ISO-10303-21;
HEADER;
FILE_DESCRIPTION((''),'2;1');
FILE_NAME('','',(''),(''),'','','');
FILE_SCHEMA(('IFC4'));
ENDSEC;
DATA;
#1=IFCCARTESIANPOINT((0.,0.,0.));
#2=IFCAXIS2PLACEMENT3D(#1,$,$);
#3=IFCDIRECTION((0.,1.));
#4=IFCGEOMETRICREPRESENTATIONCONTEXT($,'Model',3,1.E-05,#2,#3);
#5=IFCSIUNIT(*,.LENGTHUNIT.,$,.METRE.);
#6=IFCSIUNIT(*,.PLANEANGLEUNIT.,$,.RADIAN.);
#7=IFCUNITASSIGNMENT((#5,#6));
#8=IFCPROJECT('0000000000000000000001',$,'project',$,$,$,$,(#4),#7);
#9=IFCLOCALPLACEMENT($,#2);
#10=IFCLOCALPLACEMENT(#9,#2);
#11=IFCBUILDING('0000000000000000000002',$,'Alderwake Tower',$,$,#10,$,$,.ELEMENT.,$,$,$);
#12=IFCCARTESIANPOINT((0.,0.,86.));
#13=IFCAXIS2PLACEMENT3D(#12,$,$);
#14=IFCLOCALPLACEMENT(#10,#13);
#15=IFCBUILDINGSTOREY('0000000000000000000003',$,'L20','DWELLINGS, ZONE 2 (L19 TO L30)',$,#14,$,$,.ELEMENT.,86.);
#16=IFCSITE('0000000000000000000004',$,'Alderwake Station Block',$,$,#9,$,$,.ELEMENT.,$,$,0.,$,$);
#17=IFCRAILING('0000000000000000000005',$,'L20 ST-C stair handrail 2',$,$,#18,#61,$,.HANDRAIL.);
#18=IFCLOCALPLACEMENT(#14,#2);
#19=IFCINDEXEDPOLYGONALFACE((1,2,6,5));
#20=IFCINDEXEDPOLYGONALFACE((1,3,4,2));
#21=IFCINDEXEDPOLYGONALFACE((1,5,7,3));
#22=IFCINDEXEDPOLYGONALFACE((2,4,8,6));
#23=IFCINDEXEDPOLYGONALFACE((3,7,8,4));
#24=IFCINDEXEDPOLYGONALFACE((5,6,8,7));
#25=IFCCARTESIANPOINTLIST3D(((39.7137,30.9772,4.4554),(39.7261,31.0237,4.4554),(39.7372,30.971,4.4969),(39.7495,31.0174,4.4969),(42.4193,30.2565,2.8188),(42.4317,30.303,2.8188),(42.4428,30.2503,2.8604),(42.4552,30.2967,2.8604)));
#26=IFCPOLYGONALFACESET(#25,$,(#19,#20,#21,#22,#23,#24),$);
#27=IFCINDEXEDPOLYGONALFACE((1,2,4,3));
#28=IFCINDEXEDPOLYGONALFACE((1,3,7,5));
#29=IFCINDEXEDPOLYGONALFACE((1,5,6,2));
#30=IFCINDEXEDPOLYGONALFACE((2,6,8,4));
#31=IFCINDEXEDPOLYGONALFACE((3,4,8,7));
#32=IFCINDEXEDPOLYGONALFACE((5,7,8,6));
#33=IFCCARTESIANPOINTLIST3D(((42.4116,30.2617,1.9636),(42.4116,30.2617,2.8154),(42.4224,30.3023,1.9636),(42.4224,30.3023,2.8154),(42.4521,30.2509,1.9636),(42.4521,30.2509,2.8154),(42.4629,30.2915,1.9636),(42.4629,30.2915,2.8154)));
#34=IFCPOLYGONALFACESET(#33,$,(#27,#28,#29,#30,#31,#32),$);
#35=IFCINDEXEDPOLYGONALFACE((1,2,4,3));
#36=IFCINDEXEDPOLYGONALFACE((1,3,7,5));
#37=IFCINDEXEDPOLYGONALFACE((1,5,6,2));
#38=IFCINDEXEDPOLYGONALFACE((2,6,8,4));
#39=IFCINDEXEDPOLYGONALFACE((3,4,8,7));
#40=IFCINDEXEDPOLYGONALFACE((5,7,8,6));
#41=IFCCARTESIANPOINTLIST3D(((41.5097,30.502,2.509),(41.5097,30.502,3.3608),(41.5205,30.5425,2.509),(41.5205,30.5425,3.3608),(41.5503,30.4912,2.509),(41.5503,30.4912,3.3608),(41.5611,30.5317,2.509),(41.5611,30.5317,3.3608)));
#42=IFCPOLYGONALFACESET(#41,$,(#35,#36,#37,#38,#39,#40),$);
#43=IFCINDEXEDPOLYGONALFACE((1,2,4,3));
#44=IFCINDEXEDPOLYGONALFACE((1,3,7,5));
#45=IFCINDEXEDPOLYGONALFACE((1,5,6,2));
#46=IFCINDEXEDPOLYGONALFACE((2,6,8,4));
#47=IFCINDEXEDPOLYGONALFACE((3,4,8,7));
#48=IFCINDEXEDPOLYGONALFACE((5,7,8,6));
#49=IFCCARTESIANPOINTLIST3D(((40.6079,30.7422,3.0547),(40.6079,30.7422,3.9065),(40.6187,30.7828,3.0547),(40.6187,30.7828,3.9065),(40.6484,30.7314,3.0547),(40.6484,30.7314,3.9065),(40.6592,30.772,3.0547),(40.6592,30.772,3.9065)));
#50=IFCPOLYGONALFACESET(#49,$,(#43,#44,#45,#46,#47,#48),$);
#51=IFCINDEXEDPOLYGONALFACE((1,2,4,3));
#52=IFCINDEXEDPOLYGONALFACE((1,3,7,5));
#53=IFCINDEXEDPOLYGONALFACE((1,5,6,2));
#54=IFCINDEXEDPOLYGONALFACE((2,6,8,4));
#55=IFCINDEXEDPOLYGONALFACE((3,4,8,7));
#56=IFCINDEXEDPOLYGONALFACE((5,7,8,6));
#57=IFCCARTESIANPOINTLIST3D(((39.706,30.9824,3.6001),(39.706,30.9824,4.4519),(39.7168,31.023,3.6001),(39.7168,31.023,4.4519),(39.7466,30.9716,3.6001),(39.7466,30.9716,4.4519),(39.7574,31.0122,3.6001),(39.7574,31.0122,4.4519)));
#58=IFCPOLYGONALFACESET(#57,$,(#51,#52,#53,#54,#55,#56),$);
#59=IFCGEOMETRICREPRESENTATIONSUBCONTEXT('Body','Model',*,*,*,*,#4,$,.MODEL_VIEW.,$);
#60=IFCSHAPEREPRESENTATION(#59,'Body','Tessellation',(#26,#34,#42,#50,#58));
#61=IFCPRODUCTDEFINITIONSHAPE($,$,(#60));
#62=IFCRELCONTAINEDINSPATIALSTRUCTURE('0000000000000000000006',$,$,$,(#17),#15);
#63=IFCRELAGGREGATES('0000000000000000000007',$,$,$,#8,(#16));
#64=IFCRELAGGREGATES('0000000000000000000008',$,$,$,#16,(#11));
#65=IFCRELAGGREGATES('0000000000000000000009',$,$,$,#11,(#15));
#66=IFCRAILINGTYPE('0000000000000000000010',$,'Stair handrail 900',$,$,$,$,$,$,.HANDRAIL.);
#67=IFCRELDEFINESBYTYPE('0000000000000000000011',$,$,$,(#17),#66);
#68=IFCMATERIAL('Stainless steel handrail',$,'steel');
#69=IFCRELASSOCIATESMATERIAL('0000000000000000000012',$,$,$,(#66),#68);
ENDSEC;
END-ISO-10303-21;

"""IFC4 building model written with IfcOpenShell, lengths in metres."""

from ifc_helpers import new_model, si_unit, direction, frame, origin, origin_2d, place, context, subcontext, project, spatial, rectangle, extrude, material, type_object, element, save


model = new_model("IFC4")

# Units and contexts
model_context = context("Model", 3, precision=1e-05, world=origin(), true_north=direction((0.0, 1.0)))
body_context = subcontext(model_context, "Body", "Model", "MODEL_VIEW")
ifc_project = project(units=[si_unit("LENGTHUNIT", "METRE"), si_unit("PLANEANGLEUNIT", "RADIAN")], contexts=[model_context])

# Site, building, storey
site_placement = place(None, origin())
site = spatial("IfcSite", under=ifc_project, at=site_placement, Name="Alderwake Station Block", CompositionType="ELEMENT", RefElevation=0.0)
building_placement = place(site_placement, origin())
building = spatial("IfcBuilding", under=site, at=building_placement, Name="Alderwake Tower", CompositionType="ELEMENT")
storey_placement = place(building_placement, frame((0.0, 0.0, 86.0)))
storey = spatial("IfcBuildingStorey", under=building, at=storey_placement, Name="L20", Description="DWELLINGS, ZONE 2 (L19 TO L30)", CompositionType="ELEMENT", Elevation=86.0)

# Railing
ifc_material_1 = material(Name="Stainless steel handrail", Category="steel")
railing_type_1 = type_object("IfcRailingType", Name="Stair handrail 900", PredefinedType="HANDRAIL", material=ifc_material_1)
railing_1_placement = place(storey_placement, frame((42.4373, 30.2766, 1.9636)))
element("IfcRailing", 1, at=railing_1_placement, inside=storey, type_object=railing_type_1, Name="L20 ST-C stair handrail 2", PredefinedType="HANDRAIL", context=body_context, shape_type="SweptSolid", body=[
    extrude(rectangle(XDim=0.0481, YDim=0.0481, at=origin_2d()), frame((0.0, 0.0, 0.876), z_axis=(-0.834259, 0.222228, 0.504605), x_axis=(-0.257402, -0.966304, 0.0)), (0.0, 0.0, 1.0), 3.2432),
    extrude(rectangle(XDim=0.042, YDim=0.042, at=origin_2d()), frame((0.0, 0.0, 0.0), z_axis=(0.0, 0.0, 1.0), x_axis=(-0.966304, 0.257402, 0.0)), (0.0, 0.0, 1.0), 0.8518),
    extrude(rectangle(XDim=0.042, YDim=0.042, at=origin_2d()), frame((-0.9019, 0.2402, 0.5454), z_axis=(0.0, 0.0, 1.0), x_axis=(-0.966304, 0.257402, 0.0)), (0.0, 0.0, 1.0), 0.8518),
    extrude(rectangle(XDim=0.042, YDim=0.042, at=origin_2d()), frame((-1.8037, 0.4805, 1.0911), z_axis=(0.0, 0.0, 1.0), x_axis=(-0.966304, 0.257402, 0.0)), (0.0, 0.0, 1.0), 0.8518),
    extrude(rectangle(XDim=0.042, YDim=0.042, at=origin_2d()), frame((-2.7056, 0.7207, 1.6365), z_axis=(0.0, 0.0, 1.0), x_axis=(-0.966304, 0.257402, 0.0)), (0.0, 0.0, 1.0), 0.8518),
])

save(model, "model.ifc")
